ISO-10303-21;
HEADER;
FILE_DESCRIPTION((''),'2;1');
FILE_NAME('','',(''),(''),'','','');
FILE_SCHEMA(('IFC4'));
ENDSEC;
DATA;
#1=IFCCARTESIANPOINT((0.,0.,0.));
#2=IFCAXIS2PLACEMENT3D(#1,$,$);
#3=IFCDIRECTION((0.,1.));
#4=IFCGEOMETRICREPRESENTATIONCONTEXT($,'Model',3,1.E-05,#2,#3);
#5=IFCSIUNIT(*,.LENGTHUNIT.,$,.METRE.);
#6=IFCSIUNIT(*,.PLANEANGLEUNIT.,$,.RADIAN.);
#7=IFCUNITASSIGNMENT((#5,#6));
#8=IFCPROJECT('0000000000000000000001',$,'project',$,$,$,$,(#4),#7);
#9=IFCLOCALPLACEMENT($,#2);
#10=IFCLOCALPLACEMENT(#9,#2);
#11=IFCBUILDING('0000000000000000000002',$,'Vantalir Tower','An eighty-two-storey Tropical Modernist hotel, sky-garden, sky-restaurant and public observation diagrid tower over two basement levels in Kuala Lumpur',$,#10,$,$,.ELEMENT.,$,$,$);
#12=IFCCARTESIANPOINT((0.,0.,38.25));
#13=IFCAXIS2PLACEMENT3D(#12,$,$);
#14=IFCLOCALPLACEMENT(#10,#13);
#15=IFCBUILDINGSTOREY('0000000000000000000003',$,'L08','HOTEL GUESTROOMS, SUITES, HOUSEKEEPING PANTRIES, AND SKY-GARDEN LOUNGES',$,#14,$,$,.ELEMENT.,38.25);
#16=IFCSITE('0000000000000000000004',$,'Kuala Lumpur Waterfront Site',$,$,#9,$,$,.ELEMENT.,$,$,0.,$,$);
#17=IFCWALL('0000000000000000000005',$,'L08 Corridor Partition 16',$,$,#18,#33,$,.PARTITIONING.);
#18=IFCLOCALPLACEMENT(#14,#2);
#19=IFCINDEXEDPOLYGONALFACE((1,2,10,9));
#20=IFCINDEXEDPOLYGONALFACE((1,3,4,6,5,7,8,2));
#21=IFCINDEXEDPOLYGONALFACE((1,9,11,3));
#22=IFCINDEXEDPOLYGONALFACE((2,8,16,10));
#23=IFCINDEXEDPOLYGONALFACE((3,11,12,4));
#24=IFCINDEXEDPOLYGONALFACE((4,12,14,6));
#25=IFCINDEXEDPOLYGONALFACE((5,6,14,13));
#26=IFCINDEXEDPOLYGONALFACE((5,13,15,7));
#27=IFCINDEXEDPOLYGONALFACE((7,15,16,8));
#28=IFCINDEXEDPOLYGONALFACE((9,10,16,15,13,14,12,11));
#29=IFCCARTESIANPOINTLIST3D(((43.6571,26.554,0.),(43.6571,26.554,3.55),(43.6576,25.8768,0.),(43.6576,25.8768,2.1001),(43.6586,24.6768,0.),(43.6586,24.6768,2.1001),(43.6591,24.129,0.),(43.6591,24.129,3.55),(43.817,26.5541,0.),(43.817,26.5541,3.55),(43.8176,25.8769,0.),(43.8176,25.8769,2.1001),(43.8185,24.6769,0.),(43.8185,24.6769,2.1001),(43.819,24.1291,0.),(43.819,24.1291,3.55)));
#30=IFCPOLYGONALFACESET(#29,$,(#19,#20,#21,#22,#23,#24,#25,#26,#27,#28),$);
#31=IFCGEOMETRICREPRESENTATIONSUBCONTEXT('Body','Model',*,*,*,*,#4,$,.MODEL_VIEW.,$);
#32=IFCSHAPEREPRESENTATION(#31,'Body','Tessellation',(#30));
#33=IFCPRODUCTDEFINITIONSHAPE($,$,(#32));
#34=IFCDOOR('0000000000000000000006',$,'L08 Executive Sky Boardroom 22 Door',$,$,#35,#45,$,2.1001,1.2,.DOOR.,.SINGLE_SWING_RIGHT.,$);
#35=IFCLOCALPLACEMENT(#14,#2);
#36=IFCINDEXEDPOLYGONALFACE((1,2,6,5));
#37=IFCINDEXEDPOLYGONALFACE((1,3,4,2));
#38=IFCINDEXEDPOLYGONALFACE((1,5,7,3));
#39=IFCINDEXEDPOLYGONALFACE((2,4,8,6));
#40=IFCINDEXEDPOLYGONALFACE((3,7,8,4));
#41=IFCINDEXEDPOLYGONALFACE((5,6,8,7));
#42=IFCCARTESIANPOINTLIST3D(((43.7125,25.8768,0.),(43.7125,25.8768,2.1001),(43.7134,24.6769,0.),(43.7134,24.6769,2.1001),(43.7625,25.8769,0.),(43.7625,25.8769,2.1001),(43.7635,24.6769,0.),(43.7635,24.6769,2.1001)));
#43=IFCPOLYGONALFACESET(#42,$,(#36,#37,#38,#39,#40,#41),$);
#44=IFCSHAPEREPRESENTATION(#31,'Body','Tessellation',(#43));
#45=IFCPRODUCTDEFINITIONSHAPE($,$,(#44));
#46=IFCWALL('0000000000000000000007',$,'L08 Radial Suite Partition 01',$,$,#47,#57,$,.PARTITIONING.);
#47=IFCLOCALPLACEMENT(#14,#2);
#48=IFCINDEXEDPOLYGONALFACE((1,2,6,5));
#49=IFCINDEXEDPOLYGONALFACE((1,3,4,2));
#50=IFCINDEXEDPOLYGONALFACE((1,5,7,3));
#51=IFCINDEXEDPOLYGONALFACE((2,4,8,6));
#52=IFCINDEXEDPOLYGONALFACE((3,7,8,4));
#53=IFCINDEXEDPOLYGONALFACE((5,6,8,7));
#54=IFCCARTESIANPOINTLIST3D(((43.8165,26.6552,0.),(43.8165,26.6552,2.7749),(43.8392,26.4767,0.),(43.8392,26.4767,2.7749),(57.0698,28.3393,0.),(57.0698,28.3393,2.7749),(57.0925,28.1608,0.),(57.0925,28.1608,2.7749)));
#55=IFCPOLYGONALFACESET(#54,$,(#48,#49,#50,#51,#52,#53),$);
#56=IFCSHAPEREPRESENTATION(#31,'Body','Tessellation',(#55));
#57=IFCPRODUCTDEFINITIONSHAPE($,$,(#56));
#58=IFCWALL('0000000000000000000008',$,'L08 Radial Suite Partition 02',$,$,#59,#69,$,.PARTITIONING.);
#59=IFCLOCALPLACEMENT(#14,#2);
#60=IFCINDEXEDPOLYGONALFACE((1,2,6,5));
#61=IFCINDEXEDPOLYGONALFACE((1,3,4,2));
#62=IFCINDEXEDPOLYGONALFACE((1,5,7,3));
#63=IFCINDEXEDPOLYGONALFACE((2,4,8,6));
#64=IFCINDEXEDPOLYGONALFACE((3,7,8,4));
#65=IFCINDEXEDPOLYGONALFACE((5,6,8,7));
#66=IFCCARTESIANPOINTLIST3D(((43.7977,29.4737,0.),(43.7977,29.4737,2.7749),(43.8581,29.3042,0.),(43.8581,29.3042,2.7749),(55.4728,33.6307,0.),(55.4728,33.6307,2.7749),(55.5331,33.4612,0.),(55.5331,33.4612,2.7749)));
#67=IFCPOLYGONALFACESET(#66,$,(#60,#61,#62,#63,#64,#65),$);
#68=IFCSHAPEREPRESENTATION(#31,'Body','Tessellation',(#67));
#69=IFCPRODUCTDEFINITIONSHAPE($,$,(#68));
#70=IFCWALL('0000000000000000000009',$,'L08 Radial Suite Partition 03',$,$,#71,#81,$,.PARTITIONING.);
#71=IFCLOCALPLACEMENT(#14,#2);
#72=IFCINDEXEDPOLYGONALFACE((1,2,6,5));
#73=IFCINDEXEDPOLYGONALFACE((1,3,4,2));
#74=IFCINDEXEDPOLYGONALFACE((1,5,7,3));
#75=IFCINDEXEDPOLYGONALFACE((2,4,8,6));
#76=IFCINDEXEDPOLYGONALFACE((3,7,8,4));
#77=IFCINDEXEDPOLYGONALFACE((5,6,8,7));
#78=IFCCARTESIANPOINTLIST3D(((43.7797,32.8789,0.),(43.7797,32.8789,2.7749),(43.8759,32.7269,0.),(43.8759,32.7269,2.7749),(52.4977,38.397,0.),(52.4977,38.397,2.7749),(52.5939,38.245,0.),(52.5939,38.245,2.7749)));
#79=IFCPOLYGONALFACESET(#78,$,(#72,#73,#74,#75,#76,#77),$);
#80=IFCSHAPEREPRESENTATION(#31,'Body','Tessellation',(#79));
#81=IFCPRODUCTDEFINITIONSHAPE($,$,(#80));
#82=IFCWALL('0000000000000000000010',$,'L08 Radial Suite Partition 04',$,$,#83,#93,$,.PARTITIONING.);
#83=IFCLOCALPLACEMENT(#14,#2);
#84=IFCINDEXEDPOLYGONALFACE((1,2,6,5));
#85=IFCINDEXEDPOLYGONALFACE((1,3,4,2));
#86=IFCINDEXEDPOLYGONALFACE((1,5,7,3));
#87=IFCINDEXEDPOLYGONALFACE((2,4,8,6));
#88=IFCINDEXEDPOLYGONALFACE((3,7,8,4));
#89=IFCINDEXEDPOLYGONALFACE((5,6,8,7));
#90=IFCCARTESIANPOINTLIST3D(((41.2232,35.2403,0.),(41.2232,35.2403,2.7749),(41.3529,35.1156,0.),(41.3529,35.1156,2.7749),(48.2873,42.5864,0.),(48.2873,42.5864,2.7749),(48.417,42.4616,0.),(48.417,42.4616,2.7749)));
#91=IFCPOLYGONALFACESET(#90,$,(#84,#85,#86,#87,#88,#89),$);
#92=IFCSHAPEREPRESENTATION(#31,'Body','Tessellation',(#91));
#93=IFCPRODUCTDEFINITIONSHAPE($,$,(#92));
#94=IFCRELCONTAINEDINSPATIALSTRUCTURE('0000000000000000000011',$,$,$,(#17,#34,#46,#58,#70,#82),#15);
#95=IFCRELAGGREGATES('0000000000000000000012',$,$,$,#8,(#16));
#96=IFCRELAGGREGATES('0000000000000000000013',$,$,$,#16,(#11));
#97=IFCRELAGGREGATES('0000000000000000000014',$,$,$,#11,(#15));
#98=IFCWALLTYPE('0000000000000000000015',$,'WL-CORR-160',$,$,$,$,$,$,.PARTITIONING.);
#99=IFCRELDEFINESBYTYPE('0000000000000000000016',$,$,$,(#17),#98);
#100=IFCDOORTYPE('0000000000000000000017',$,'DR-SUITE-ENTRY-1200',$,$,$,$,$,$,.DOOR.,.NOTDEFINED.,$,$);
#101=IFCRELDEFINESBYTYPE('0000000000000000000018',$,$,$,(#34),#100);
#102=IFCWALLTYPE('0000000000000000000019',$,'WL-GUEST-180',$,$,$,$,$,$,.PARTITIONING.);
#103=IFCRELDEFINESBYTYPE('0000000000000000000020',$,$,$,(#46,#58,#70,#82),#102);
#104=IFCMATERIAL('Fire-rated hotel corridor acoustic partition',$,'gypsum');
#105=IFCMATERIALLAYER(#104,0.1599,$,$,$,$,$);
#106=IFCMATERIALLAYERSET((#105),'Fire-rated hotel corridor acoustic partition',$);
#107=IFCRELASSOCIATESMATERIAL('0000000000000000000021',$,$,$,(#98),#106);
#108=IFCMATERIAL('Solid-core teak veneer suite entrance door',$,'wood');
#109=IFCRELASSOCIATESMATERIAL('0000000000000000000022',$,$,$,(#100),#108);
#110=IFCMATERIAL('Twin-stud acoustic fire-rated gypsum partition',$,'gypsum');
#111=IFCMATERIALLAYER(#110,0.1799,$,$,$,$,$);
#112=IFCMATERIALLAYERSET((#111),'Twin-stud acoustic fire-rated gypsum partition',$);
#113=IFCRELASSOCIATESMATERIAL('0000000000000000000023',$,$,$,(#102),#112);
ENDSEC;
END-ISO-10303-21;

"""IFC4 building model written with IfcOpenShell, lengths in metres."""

from ifc_helpers import new_model, si_unit, direction, frame, frame_2d, origin, place, context, subcontext, project, spatial, rectangle, extrude, material, layer, layer_set, type_object, element, fill, save


model = new_model("IFC4")

# Units and contexts
model_context = context("Model", 3, precision=1e-05, world=origin(), true_north=direction((0.0, 1.0)))
body_context = subcontext(model_context, "Body", "Model", "MODEL_VIEW")
ifc_project = project(units=[si_unit("LENGTHUNIT", "METRE"), si_unit("PLANEANGLEUNIT", "RADIAN")], contexts=[model_context])

# Site, building, storey
site_placement = place(None, origin())
site = spatial("IfcSite", under=ifc_project, at=site_placement, Name="Kuala Lumpur Waterfront Site", CompositionType="ELEMENT", RefElevation=0.0)
building_placement = place(site_placement, origin())
building = spatial("IfcBuilding", under=site, at=building_placement, Name="Vantalir Tower", Description="An eighty-two-storey Tropical Modernist hotel, sky-garden, sky-restaurant and public observation diagrid tower over two basement levels in Kuala Lumpur", CompositionType="ELEMENT")
storey_placement = place(building_placement, frame((0.0, 0.0, 38.25)))
storey = spatial("IfcBuildingStorey", under=building, at=storey_placement, Name="L08", Description="HOTEL GUESTROOMS, SUITES, HOUSEKEEPING PANTRIES, AND SKY-GARDEN LOUNGES", CompositionType="ELEMENT", Elevation=38.25)

# Shared definitions
ifc_material_1 = material(Name="Fire-rated hotel corridor acoustic partition", Category="gypsum")
ifc_layer_1 = layer(ifc_material_1, 0.1599)
ifc_layer_set_1 = layer_set([ifc_layer_1], Name="Fire-rated hotel corridor acoustic partition")
wall_type_1 = type_object("IfcWallType", Name="WL-CORR-160", PredefinedType="PARTITIONING", material=ifc_layer_set_1)

# Wall, opening, door
wall_1_placement = place(storey_placement, frame((43.7371, 26.554, 0.0), z_axis=(0.0, 0.0, 1.0), x_axis=(0.000805, -1.0, 0.0)))
wall_1 = element("IfcWall", 1, at=wall_1_placement, inside=storey, type_object=wall_type_1, Name="L08 Corridor Partition 16", PredefinedType="PARTITIONING", context=body_context, shape_type="SweptSolid", body=[
    extrude(rectangle(XDim=2.425, YDim=0.1599, at=frame_2d((1.2124, 0.0))), origin(), (0.0, 0.0, 1.0), 3.55),
])
opening_1_placement = place(wall_1_placement, frame((0.677, 0.0, 0.0)))
opening_1 = element("IfcOpeningElement", 2, at=opening_1_placement, cuts=wall_1, PredefinedType="OPENING", context=body_context, shape_type="SweptSolid", body=[
    extrude(rectangle(XDim=1.2, YDim=2.1001, at=frame_2d((0.6001, 1.05))), frame((0.0, 0.0898, 0.0), z_axis=(0.0, -1.0, 0.0), x_axis=(1.0, 0.0, 0.0)), (0.0, 0.0, 1.0), 0.1799),
])
ifc_material_2 = material(Name="Solid-core teak veneer suite entrance door", Category="wood")
door_type_1 = type_object("IfcDoorType", Name="DR-SUITE-ENTRY-1200", OperationType="NOTDEFINED", PredefinedType="DOOR", material=ifc_material_2)
door_1_placement = place(opening_1_placement, origin())
door_1 = element("IfcDoor", 3, at=door_1_placement, inside=storey, type_object=door_type_1, Name="L08 Executive Sky Boardroom 22 Door", OperationType="SINGLE_SWING_RIGHT", OverallHeight=2.1001, OverallWidth=1.2, PredefinedType="DOOR", context=body_context, shape_type="SweptSolid", body=[
    extrude(rectangle(XDim=1.2, YDim=2.1001, at=frame_2d((0.6001, 1.05))), frame((0.0, 0.0249, 0.0), z_axis=(0.0, -1.0, 0.0), x_axis=(1.0, 0.0, 0.0)), (0.0, 0.0, 1.0), 0.05),
])
fill(opening_1, door_1)

# Walls
ifc_material_3 = material(Name="Twin-stud acoustic fire-rated gypsum partition", Category="gypsum")
ifc_layer_2 = layer(ifc_material_3, 0.1799)
ifc_layer_set_2 = layer_set([ifc_layer_2], Name="Twin-stud acoustic fire-rated gypsum partition")
wall_type_2 = type_object("IfcWallType", Name="WL-GUEST-180", PredefinedType="PARTITIONING", material=ifc_layer_set_2)
wall_2_placement = place(storey_placement, frame((43.8279, 26.5659, 0.0), z_axis=(0.0, 0.0, 1.0), x_axis=(0.992023, 0.126056, 0.0)))
element("IfcWall", 4, at=wall_2_placement, inside=storey, type_object=wall_type_2, Name="L08 Radial Suite Partition 01", PredefinedType="PARTITIONING", context=body_context, shape_type="SweptSolid", body=[
    extrude(rectangle(XDim=13.3599, YDim=0.1799, at=frame_2d((6.6799, 0.0))), origin(), (0.0, 0.0, 1.0), 2.7749),
])
wall_3_placement = place(storey_placement, frame((43.8279, 29.3889, 0.0), z_axis=(0.0, 0.0, 1.0), x_axis=(0.942065, 0.335429, 0.0)))
element("IfcWall", 5, at=wall_3_placement, inside=storey, type_object=wall_type_2, Name="L08 Radial Suite Partition 02", PredefinedType="PARTITIONING", context=body_context, shape_type="SweptSolid", body=[
    extrude(rectangle(XDim=12.3931, YDim=0.1799, at=frame_2d((6.1965, 0.0))), origin(), (0.0, 0.0, 1.0), 2.7749),
])
wall_4_placement = place(storey_placement, frame((43.8279, 32.803, 0.0), z_axis=(0.0, 0.0, 1.0), x_axis=(0.844966, 0.534821, 0.0)))
element("IfcWall", 6, at=wall_4_placement, inside=storey, type_object=wall_type_2, Name="L08 Radial Suite Partition 03", PredefinedType="PARTITIONING", context=body_context, shape_type="SweptSolid", body=[
    extrude(rectangle(XDim=10.3176, YDim=0.1799, at=frame_2d((5.1587, 0.0))), origin(), (0.0, 0.0, 1.0), 2.7749),
])
wall_5_placement = place(storey_placement, frame((41.2881, 35.178, 0.0), z_axis=(0.0, 0.0, 1.0), x_axis=(0.693137, 0.720806, 0.0)))
element("IfcWall", 7, at=wall_5_placement, inside=storey, type_object=wall_type_2, Name="L08 Radial Suite Partition 04", PredefinedType="PARTITIONING", context=body_context, shape_type="SweptSolid", body=[
    extrude(rectangle(XDim=10.1914, YDim=0.1799, at=frame_2d((5.0957, 0.0))), origin(), (0.0, 0.0, 1.0), 2.7749),
])

save(model, "model.ifc")
